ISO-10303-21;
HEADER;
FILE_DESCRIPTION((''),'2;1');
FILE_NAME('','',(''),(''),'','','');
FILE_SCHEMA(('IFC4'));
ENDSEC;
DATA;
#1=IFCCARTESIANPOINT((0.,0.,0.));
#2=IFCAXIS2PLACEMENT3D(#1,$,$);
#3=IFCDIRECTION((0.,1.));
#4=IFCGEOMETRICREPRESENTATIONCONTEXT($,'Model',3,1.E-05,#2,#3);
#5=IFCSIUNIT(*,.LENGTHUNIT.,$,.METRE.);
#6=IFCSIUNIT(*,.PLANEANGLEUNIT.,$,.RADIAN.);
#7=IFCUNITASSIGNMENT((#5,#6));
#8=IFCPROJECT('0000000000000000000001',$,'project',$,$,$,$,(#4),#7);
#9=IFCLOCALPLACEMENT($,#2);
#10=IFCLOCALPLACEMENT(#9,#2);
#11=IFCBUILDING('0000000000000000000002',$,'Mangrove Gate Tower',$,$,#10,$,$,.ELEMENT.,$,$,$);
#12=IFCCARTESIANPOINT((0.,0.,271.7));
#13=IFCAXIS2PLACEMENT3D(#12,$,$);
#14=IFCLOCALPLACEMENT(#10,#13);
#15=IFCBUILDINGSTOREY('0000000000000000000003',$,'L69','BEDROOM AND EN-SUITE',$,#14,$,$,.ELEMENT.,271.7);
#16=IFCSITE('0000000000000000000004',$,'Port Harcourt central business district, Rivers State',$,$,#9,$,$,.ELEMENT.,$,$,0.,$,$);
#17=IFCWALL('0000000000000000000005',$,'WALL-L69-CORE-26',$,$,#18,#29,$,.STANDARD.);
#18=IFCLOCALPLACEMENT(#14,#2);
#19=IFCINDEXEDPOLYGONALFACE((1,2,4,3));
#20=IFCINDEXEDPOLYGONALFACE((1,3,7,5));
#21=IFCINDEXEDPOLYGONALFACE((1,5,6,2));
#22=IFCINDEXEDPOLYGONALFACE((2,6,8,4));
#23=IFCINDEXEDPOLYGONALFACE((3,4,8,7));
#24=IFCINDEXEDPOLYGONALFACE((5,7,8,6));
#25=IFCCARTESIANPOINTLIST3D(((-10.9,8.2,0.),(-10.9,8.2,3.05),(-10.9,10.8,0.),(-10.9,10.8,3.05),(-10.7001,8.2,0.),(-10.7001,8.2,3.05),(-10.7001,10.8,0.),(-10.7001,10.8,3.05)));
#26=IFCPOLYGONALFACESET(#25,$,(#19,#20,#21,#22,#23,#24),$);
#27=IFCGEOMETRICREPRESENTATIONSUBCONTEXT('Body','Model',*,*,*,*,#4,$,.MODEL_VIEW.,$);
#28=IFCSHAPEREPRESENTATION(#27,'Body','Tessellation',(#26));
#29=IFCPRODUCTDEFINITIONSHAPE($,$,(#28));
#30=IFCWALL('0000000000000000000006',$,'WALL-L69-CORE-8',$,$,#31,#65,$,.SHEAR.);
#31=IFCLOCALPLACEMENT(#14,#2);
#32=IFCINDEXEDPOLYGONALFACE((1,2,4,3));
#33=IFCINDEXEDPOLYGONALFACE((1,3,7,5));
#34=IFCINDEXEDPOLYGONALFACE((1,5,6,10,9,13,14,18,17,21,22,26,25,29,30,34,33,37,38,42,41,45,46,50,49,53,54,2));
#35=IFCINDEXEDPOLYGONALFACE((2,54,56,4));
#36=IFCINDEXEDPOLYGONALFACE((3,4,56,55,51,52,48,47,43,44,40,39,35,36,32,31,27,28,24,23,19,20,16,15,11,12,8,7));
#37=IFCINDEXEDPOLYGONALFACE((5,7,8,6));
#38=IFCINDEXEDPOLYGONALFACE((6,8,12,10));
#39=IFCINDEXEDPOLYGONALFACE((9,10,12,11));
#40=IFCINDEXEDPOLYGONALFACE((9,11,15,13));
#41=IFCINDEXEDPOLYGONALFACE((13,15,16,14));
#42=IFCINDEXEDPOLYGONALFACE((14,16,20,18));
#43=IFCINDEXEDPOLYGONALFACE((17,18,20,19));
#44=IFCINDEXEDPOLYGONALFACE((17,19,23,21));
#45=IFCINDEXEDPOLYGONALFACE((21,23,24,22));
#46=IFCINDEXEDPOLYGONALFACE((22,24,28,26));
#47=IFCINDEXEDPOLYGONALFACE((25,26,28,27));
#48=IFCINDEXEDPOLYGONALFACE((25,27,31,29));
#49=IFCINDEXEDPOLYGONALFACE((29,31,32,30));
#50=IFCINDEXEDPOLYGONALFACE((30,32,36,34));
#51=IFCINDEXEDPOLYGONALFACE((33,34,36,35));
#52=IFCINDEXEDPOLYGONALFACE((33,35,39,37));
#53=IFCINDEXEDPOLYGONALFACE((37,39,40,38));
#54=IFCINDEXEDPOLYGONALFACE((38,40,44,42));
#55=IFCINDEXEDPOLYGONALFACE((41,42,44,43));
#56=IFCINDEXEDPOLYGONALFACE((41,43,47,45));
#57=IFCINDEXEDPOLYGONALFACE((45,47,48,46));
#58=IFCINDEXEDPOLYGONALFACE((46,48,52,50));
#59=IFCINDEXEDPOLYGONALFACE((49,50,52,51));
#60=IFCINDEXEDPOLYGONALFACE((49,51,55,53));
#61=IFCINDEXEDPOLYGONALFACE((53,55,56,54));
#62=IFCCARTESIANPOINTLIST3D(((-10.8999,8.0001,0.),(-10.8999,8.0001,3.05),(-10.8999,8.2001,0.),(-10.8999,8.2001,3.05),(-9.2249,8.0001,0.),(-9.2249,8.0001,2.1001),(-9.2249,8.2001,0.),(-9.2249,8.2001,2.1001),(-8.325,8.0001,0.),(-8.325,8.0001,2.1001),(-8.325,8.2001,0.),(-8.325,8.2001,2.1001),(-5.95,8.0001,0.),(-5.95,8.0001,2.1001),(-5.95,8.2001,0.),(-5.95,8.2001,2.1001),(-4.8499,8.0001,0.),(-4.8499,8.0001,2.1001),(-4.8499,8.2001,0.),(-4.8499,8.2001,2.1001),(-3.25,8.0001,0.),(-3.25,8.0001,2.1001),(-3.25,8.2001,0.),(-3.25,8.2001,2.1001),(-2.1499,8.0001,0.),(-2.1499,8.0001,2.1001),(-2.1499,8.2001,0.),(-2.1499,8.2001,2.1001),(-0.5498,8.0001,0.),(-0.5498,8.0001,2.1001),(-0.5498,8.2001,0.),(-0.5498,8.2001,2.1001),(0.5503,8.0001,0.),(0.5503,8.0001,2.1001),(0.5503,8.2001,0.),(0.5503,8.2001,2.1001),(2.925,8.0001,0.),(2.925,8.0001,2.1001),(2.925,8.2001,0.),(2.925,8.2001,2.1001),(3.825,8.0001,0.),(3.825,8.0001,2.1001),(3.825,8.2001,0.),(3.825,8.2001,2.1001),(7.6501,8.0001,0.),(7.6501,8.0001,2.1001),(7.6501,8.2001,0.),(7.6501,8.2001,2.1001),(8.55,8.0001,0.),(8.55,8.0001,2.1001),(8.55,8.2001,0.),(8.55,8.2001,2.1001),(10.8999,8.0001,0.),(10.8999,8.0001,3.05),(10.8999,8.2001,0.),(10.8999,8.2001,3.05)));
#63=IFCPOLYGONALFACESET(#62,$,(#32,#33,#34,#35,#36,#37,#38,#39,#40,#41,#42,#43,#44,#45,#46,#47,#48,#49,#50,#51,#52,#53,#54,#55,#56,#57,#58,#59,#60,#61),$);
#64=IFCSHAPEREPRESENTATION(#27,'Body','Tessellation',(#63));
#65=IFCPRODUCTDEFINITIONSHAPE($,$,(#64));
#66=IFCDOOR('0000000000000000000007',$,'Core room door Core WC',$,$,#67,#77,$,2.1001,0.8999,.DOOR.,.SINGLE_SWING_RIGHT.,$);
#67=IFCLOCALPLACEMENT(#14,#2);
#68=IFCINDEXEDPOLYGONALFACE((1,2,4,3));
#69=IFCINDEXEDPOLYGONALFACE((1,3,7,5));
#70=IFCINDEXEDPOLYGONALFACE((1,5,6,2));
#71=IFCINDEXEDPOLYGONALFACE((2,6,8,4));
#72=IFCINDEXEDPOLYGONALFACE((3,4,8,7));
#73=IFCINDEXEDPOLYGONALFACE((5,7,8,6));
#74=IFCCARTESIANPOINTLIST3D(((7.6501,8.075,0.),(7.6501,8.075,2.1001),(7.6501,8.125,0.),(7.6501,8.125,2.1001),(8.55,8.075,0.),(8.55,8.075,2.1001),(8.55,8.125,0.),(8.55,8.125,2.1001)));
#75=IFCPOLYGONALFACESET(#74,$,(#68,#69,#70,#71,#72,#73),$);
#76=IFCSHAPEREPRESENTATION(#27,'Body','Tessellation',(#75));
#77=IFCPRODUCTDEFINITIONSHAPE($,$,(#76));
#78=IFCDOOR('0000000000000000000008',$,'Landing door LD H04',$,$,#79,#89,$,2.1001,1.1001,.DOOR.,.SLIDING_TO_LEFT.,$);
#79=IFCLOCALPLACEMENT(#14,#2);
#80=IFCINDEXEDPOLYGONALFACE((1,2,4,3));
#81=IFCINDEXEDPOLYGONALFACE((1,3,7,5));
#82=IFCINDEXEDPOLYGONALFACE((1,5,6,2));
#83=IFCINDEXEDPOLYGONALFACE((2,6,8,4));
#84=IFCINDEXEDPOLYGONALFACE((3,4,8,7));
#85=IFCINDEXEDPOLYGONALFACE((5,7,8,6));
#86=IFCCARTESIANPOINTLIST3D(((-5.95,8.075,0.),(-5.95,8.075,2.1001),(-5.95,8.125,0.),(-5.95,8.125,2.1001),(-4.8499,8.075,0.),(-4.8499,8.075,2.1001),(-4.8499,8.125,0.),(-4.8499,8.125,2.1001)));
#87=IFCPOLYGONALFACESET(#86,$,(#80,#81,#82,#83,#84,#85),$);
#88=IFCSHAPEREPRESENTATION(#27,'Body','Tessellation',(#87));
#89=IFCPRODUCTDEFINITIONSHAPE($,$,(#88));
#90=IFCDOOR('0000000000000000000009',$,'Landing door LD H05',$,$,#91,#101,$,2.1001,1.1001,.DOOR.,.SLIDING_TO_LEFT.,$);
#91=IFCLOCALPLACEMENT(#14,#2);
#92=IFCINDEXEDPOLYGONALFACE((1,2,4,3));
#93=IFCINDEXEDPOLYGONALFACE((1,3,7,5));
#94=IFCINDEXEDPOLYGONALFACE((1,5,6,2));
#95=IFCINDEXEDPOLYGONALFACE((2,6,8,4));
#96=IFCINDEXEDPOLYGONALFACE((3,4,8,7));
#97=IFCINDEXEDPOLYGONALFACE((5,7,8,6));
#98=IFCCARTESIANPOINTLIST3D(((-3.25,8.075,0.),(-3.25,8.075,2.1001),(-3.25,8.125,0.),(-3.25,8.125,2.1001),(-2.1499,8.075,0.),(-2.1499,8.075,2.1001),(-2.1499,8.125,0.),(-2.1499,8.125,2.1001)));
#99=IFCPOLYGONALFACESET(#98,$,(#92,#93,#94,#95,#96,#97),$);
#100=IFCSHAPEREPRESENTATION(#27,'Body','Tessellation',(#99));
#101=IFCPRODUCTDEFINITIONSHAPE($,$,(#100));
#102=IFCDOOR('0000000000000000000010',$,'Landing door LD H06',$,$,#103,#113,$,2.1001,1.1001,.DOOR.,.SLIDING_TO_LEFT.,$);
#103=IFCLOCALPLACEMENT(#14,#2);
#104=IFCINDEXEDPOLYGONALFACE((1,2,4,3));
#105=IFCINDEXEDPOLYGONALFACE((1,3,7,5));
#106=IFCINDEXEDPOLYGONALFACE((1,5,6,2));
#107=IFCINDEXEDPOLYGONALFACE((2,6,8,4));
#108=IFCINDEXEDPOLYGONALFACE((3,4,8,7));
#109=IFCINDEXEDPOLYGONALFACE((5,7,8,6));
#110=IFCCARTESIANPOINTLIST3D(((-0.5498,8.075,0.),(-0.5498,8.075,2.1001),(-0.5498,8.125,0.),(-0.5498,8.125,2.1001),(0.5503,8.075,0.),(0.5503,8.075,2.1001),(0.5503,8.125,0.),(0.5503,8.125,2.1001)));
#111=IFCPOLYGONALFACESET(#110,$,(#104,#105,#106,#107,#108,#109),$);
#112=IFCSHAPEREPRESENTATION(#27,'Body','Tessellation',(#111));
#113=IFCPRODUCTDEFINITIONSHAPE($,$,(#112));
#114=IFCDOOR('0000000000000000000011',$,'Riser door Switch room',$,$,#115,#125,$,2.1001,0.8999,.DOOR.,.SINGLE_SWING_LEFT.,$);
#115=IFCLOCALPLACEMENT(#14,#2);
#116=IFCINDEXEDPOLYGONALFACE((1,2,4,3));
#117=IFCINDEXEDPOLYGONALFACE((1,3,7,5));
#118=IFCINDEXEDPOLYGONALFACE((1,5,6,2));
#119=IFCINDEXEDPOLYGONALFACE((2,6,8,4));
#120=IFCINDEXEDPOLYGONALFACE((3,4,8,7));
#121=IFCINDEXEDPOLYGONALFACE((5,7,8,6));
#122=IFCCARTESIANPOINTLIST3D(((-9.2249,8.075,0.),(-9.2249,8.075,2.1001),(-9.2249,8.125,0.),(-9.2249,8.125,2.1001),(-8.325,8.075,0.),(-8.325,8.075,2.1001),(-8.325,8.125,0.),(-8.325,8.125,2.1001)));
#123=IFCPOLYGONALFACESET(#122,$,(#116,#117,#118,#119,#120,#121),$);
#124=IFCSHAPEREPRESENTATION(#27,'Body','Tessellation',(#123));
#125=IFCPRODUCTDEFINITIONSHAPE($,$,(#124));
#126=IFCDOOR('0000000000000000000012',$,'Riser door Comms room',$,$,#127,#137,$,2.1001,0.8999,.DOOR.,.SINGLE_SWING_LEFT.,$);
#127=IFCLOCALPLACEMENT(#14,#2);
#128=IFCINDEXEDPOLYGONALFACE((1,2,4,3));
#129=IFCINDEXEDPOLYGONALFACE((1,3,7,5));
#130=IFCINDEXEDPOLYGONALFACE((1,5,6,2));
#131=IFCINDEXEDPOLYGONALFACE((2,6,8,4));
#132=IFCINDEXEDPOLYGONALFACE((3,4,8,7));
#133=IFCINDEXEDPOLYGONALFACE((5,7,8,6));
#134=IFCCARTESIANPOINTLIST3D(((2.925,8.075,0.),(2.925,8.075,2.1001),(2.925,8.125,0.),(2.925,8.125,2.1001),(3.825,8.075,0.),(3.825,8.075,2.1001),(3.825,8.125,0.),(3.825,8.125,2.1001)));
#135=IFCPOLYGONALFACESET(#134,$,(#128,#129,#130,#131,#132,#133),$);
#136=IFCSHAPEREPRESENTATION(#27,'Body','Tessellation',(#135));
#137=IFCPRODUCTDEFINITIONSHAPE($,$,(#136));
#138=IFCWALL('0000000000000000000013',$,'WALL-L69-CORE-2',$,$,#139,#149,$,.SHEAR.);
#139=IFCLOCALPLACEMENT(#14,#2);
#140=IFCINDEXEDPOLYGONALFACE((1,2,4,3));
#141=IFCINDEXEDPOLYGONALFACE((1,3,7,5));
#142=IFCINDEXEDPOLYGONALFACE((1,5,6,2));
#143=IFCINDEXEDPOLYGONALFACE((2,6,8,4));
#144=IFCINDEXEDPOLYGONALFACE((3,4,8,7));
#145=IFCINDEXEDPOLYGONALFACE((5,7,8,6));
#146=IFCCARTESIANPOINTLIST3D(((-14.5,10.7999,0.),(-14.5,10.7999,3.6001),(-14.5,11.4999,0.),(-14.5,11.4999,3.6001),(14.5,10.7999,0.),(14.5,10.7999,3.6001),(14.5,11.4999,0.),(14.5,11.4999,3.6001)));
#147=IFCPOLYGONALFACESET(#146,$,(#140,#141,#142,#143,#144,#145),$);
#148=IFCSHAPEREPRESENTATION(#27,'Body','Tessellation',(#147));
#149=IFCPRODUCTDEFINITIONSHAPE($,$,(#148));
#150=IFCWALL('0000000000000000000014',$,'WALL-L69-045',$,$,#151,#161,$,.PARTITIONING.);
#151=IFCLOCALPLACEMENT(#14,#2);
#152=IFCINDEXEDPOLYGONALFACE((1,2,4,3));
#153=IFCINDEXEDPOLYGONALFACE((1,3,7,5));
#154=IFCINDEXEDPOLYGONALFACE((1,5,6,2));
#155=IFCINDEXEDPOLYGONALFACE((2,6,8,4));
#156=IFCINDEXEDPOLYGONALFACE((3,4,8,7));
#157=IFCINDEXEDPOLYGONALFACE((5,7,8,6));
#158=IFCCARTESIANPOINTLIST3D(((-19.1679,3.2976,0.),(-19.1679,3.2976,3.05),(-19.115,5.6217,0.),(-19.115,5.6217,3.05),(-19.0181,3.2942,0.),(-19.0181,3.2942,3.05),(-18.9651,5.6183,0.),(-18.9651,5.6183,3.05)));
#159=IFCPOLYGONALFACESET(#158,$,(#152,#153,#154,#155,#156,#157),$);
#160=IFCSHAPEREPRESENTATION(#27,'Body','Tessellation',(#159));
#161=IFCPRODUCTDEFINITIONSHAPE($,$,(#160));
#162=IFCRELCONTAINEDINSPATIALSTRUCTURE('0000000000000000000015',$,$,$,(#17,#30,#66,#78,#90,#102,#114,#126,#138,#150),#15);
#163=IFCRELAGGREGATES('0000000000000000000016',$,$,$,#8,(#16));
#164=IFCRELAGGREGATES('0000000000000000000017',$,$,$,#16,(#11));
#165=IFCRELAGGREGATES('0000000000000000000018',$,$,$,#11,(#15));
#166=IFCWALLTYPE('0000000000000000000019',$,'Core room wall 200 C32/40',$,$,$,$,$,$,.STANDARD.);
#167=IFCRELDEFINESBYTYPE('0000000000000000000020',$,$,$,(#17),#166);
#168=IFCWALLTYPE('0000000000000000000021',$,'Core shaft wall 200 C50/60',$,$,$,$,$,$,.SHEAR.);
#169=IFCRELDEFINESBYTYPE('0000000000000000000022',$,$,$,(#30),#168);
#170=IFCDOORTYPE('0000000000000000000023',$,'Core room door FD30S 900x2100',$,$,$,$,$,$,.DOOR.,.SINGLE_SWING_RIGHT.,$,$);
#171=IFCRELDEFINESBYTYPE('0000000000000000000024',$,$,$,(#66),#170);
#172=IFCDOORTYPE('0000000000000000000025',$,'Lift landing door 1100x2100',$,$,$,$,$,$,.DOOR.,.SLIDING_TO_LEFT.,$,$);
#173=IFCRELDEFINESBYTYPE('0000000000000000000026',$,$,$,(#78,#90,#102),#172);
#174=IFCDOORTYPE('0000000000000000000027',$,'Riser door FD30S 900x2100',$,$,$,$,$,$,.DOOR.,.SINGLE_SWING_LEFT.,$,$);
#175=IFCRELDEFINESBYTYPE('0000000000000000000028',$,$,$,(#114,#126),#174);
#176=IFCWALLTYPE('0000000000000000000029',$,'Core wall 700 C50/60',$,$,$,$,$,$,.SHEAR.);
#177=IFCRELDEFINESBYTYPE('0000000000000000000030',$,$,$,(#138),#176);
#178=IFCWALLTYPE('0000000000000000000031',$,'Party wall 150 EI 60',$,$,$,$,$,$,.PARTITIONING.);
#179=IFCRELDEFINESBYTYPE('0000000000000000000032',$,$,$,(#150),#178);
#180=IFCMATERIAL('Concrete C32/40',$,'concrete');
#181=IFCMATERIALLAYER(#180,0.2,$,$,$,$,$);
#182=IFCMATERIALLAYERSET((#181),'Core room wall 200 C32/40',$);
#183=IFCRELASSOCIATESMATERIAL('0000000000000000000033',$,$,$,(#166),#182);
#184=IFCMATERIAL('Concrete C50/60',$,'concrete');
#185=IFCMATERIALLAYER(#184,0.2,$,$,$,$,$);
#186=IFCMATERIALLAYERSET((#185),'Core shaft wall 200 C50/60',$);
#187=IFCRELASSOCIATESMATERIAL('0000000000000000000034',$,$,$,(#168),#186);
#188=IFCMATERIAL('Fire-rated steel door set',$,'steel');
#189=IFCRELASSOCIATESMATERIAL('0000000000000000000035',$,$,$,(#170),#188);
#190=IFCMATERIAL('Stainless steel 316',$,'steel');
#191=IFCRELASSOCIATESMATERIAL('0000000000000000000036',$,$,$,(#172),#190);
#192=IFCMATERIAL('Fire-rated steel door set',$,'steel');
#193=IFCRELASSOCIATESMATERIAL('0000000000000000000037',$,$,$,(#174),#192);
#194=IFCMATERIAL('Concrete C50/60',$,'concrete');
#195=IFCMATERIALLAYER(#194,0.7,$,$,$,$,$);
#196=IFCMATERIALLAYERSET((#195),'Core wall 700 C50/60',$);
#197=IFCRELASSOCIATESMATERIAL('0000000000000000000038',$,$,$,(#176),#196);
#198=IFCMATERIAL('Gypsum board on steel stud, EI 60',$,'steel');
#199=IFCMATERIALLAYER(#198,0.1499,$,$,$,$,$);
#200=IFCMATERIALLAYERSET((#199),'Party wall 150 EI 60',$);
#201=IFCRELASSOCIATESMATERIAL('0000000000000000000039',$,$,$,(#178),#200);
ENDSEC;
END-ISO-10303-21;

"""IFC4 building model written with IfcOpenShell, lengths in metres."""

from ifc_helpers import new_model, si_unit, direction, frame, frame_2d, origin, place, context, subcontext, project, spatial, rectangle, extrude, material, layer, layer_set, type_object, element, fill, save


model = new_model("IFC4")

# Units and contexts
model_context = context("Model", 3, precision=1e-05, world=origin(), true_north=direction((0.0, 1.0)))
body_context = subcontext(model_context, "Body", "Model", "MODEL_VIEW")
ifc_project = project(units=[si_unit("LENGTHUNIT", "METRE"), si_unit("PLANEANGLEUNIT", "RADIAN")], contexts=[model_context])

# Site, building, storey
site_placement = place(None, origin())
site = spatial("IfcSite", under=ifc_project, at=site_placement, Name="Port Harcourt central business district, Rivers State", CompositionType="ELEMENT", RefElevation=0.0)
building_placement = place(site_placement, origin())
building = spatial("IfcBuilding", under=site, at=building_placement, Name="Mangrove Gate Tower", CompositionType="ELEMENT")
storey_placement = place(building_placement, frame((0.0, 0.0, 271.7)))
storey = spatial("IfcBuildingStorey", under=building, at=storey_placement, Name="L69", Description="BEDROOM AND EN-SUITE", CompositionType="ELEMENT", Elevation=271.7)

# Wall
ifc_material_1 = material(Name="Concrete C32/40", Category="concrete")
ifc_layer_1 = layer(ifc_material_1, 0.2)
ifc_layer_set_1 = layer_set([ifc_layer_1], Name="Core room wall 200 C32/40")
wall_type_1 = type_object("IfcWallType", Name="Core room wall 200 C32/40", PredefinedType="STANDARD", material=ifc_layer_set_1)
wall_1_placement = place(storey_placement, frame((-10.8, 8.2, 0.0), z_axis=(0.0, 0.0, 1.0), x_axis=(0.0, 1.0, 0.0)))
element("IfcWall", 1, at=wall_1_placement, inside=storey, type_object=wall_type_1, Name="WALL-L69-CORE-26", PredefinedType="STANDARD", context=body_context, shape_type="SweptSolid", body=[
    extrude(rectangle(XDim=2.6001, YDim=0.2, at=frame_2d((1.3, 0.0))), origin(), (0.0, 0.0, 1.0), 3.05),
])

# Wall, openings, doors
ifc_material_2 = material(Name="Concrete C50/60", Category="concrete")
ifc_layer_2 = layer(ifc_material_2, 0.2)
ifc_layer_set_2 = layer_set([ifc_layer_2], Name="Core shaft wall 200 C50/60")
wall_type_2 = type_object("IfcWallType", Name="Core shaft wall 200 C50/60", PredefinedType="SHEAR", material=ifc_layer_set_2)
wall_2_placement = place(storey_placement, frame((-10.8999, 8.1001, 0.0), z_axis=(0.0, 0.0, 1.0), x_axis=(1.0, 0.0, 0.0)))
wall_2 = element("IfcWall", 2, at=wall_2_placement, inside=storey, type_object=wall_type_2, Name="WALL-L69-CORE-8", PredefinedType="SHEAR", context=body_context, shape_type="SweptSolid", body=[
    extrude(rectangle(XDim=21.7998, YDim=0.2, at=frame_2d((10.8999, 0.0))), origin(), (0.0, 0.0, 1.0), 3.05),
])
opening_1_placement = place(wall_2_placement, frame((4.95, 0.0, 0.0)))
opening_1 = element("IfcOpeningElement", 3, at=opening_1_placement, cuts=wall_2, PredefinedType="OPENING", context=body_context, shape_type="SweptSolid", body=[
    extrude(rectangle(XDim=1.1001, YDim=2.1001, at=frame_2d((0.55, 1.05))), frame((0.0, 0.1099, 0.0), z_axis=(0.0, -1.0, 0.0), x_axis=(1.0, 0.0, 0.0)), (0.0, 0.0, 1.0), 0.22),
])
opening_2_placement = place(wall_2_placement, frame((7.6499, 0.0, 0.0)))
opening_2 = element("IfcOpeningElement", 4, at=opening_2_placement, cuts=wall_2, PredefinedType="OPENING", context=body_context, shape_type="SweptSolid", body=[
    extrude(rectangle(XDim=1.1001, YDim=2.1001, at=frame_2d((0.55, 1.05))), frame((0.0, 0.1099, 0.0), z_axis=(0.0, -1.0, 0.0), x_axis=(1.0, 0.0, 0.0)), (0.0, 0.0, 1.0), 0.22),
])
opening_3_placement = place(wall_2_placement, frame((10.3501, 0.0, 0.0)))
opening_3 = element("IfcOpeningElement", 5, at=opening_3_placement, cuts=wall_2, PredefinedType="OPENING", context=body_context, shape_type="SweptSolid", body=[
    extrude(rectangle(XDim=1.1001, YDim=2.1001, at=frame_2d((0.55, 1.05))), frame((0.0, 0.1099, 0.0), z_axis=(0.0, -1.0, 0.0), x_axis=(1.0, 0.0, 0.0)), (0.0, 0.0, 1.0), 0.22),
])
opening_4_placement = place(wall_2_placement, frame((1.675, 0.0, 0.0)))
opening_4 = element("IfcOpeningElement", 6, at=opening_4_placement, cuts=wall_2, PredefinedType="OPENING", context=body_context, shape_type="SweptSolid", body=[
    extrude(rectangle(XDim=0.8999, YDim=2.1001, at=frame_2d((0.45, 1.05))), frame((0.0, 0.1099, 0.0), z_axis=(0.0, -1.0, 0.0), x_axis=(1.0, 0.0, 0.0)), (0.0, 0.0, 1.0), 0.22),
])
opening_5_placement = place(wall_2_placement, frame((13.825, 0.0, 0.0)))
opening_5 = element("IfcOpeningElement", 7, at=opening_5_placement, cuts=wall_2, PredefinedType="OPENING", context=body_context, shape_type="SweptSolid", body=[
    extrude(rectangle(XDim=0.8999, YDim=2.1001, at=frame_2d((0.45, 1.05))), frame((0.0, 0.1099, 0.0), z_axis=(0.0, -1.0, 0.0), x_axis=(1.0, 0.0, 0.0)), (0.0, 0.0, 1.0), 0.22),
])
opening_6_placement = place(wall_2_placement, frame((18.55, 0.0, 0.0)))
opening_6 = element("IfcOpeningElement", 8, at=opening_6_placement, cuts=wall_2, PredefinedType="OPENING", context=body_context, shape_type="SweptSolid", body=[
    extrude(rectangle(XDim=0.8999, YDim=2.1001, at=frame_2d((0.45, 1.05))), frame((0.0, 0.1099, 0.0), z_axis=(0.0, -1.0, 0.0), x_axis=(1.0, 0.0, 0.0)), (0.0, 0.0, 1.0), 0.22),
])
ifc_material_3 = material(Name="Fire-rated steel door set", Category="steel")
door_type_1 = type_object("IfcDoorType", Name="Core room door FD30S 900x2100", OperationType="SINGLE_SWING_RIGHT", PredefinedType="DOOR", material=ifc_material_3)
door_1_placement = place(opening_6_placement, origin())
door_1 = element("IfcDoor", 9, at=door_1_placement, inside=storey, type_object=door_type_1, Name="Core room door Core WC", OperationType="SINGLE_SWING_RIGHT", OverallHeight=2.1001, OverallWidth=0.8999, PredefinedType="DOOR", context=body_context, shape_type="SweptSolid", body=[
    extrude(rectangle(XDim=0.8999, YDim=2.1001, at=frame_2d((0.45, 1.05))), frame((0.0, 0.0249, 0.0), z_axis=(0.0, -1.0, 0.0), x_axis=(1.0, 0.0, 0.0)), (0.0, 0.0, 1.0), 0.05),
])
fill(opening_6, door_1)
ifc_material_4 = material(Name="Stainless steel 316", Category="steel")
door_type_2 = type_object("IfcDoorType", Name="Lift landing door 1100x2100", OperationType="SLIDING_TO_LEFT", PredefinedType="DOOR", material=ifc_material_4)
door_2_placement = place(opening_1_placement, origin())
door_2 = element("IfcDoor", 10, at=door_2_placement, inside=storey, type_object=door_type_2, Name="Landing door LD H04", OperationType="SLIDING_TO_LEFT", OverallHeight=2.1001, OverallWidth=1.1001, PredefinedType="DOOR", context=body_context, shape_type="SweptSolid", body=[
    extrude(rectangle(XDim=1.1001, YDim=2.1001, at=frame_2d((0.55, 1.05))), frame((0.0, 0.0249, 0.0), z_axis=(0.0, -1.0, 0.0), x_axis=(1.0, 0.0, 0.0)), (0.0, 0.0, 1.0), 0.05),
])
fill(opening_1, door_2)
door_3_placement = place(opening_2_placement, origin())
door_3 = element("IfcDoor", 11, at=door_3_placement, inside=storey, type_object=door_type_2, Name="Landing door LD H05", OperationType="SLIDING_TO_LEFT", OverallHeight=2.1001, OverallWidth=1.1001, PredefinedType="DOOR", context=body_context, shape_type="SweptSolid", body=[
    extrude(rectangle(XDim=1.1001, YDim=2.1001, at=frame_2d((0.55, 1.05))), frame((0.0, 0.0249, 0.0), z_axis=(0.0, -1.0, 0.0), x_axis=(1.0, 0.0, 0.0)), (0.0, 0.0, 1.0), 0.05),
])
fill(opening_2, door_3)
door_4_placement = place(opening_3_placement, origin())
door_4 = element("IfcDoor", 12, at=door_4_placement, inside=storey, type_object=door_type_2, Name="Landing door LD H06", OperationType="SLIDING_TO_LEFT", OverallHeight=2.1001, OverallWidth=1.1001, PredefinedType="DOOR", context=body_context, shape_type="SweptSolid", body=[
    extrude(rectangle(XDim=1.1001, YDim=2.1001, at=frame_2d((0.55, 1.05))), frame((0.0, 0.0249, 0.0), z_axis=(0.0, -1.0, 0.0), x_axis=(1.0, 0.0, 0.0)), (0.0, 0.0, 1.0), 0.05),
])
fill(opening_3, door_4)
ifc_material_5 = material(Name="Fire-rated steel door set", Category="steel")
door_type_3 = type_object("IfcDoorType", Name="Riser door FD30S 900x2100", OperationType="SINGLE_SWING_LEFT", PredefinedType="DOOR", material=ifc_material_5)
door_5_placement = place(opening_4_placement, origin())
door_5 = element("IfcDoor", 13, at=door_5_placement, inside=storey, type_object=door_type_3, Name="Riser door Switch room", OperationType="SINGLE_SWING_LEFT", OverallHeight=2.1001, OverallWidth=0.8999, PredefinedType="DOOR", context=body_context, shape_type="SweptSolid", body=[
    extrude(rectangle(XDim=0.8999, YDim=2.1001, at=frame_2d((0.45, 1.05))), frame((0.0, 0.0249, 0.0), z_axis=(0.0, -1.0, 0.0), x_axis=(1.0, 0.0, 0.0)), (0.0, 0.0, 1.0), 0.05),
])
fill(opening_4, door_5)
door_6_placement = place(opening_5_placement, origin())
door_6 = element("IfcDoor", 14, at=door_6_placement, inside=storey, type_object=door_type_3, Name="Riser door Comms room", OperationType="SINGLE_SWING_LEFT", OverallHeight=2.1001, OverallWidth=0.8999, PredefinedType="DOOR", context=body_context, shape_type="SweptSolid", body=[
    extrude(rectangle(XDim=0.8999, YDim=2.1001, at=frame_2d((0.45, 1.05))), frame((0.0, 0.0249, 0.0), z_axis=(0.0, -1.0, 0.0), x_axis=(1.0, 0.0, 0.0)), (0.0, 0.0, 1.0), 0.05),
])
fill(opening_5, door_6)

# Walls
ifc_material_6 = material(Name="Concrete C50/60", Category="concrete")
ifc_layer_3 = layer(ifc_material_6, 0.7)
ifc_layer_set_3 = layer_set([ifc_layer_3], Name="Core wall 700 C50/60")
wall_type_3 = type_object("IfcWallType", Name="Core wall 700 C50/60", PredefinedType="SHEAR", material=ifc_layer_set_3)
wall_3_placement = place(storey_placement, frame((-14.5, 11.1499, 0.0), z_axis=(0.0, 0.0, 1.0), x_axis=(1.0, 0.0, 0.0)))
element("IfcWall", 15, at=wall_3_placement, inside=storey, type_object=wall_type_3, Name="WALL-L69-CORE-2", PredefinedType="SHEAR", context=body_context, shape_type="SweptSolid", body=[
    extrude(rectangle(XDim=29.0, YDim=0.7, at=frame_2d((14.5, 0.0))), origin(), (0.0, 0.0, 1.0), 3.6001),
])
ifc_material_7 = material(Name="Gypsum board on steel stud, EI 60", Category="steel")
ifc_layer_4 = layer(ifc_material_7, 0.1499)
ifc_layer_set_4 = layer_set([ifc_layer_4], Name="Party wall 150 EI 60")
wall_type_4 = type_object("IfcWallType", Name="Party wall 150 EI 60", PredefinedType="PARTITIONING", material=ifc_layer_set_4)
wall_4_placement = place(storey_placement, frame((-19.093, 3.2959, 0.0), z_axis=(0.0, 0.0, 1.0), x_axis=(0.022788, 0.99974, 0.0)))
element("IfcWall", 16, at=wall_4_placement, inside=storey, type_object=wall_type_4, Name="WALL-L69-045", PredefinedType="PARTITIONING", context=body_context, shape_type="SweptSolid", body=[
    extrude(rectangle(XDim=2.3247, YDim=0.1499, at=frame_2d((1.1624, 0.0))), origin(), (0.0, 0.0, 1.0), 3.05),
])

save(model, "model.ifc")
